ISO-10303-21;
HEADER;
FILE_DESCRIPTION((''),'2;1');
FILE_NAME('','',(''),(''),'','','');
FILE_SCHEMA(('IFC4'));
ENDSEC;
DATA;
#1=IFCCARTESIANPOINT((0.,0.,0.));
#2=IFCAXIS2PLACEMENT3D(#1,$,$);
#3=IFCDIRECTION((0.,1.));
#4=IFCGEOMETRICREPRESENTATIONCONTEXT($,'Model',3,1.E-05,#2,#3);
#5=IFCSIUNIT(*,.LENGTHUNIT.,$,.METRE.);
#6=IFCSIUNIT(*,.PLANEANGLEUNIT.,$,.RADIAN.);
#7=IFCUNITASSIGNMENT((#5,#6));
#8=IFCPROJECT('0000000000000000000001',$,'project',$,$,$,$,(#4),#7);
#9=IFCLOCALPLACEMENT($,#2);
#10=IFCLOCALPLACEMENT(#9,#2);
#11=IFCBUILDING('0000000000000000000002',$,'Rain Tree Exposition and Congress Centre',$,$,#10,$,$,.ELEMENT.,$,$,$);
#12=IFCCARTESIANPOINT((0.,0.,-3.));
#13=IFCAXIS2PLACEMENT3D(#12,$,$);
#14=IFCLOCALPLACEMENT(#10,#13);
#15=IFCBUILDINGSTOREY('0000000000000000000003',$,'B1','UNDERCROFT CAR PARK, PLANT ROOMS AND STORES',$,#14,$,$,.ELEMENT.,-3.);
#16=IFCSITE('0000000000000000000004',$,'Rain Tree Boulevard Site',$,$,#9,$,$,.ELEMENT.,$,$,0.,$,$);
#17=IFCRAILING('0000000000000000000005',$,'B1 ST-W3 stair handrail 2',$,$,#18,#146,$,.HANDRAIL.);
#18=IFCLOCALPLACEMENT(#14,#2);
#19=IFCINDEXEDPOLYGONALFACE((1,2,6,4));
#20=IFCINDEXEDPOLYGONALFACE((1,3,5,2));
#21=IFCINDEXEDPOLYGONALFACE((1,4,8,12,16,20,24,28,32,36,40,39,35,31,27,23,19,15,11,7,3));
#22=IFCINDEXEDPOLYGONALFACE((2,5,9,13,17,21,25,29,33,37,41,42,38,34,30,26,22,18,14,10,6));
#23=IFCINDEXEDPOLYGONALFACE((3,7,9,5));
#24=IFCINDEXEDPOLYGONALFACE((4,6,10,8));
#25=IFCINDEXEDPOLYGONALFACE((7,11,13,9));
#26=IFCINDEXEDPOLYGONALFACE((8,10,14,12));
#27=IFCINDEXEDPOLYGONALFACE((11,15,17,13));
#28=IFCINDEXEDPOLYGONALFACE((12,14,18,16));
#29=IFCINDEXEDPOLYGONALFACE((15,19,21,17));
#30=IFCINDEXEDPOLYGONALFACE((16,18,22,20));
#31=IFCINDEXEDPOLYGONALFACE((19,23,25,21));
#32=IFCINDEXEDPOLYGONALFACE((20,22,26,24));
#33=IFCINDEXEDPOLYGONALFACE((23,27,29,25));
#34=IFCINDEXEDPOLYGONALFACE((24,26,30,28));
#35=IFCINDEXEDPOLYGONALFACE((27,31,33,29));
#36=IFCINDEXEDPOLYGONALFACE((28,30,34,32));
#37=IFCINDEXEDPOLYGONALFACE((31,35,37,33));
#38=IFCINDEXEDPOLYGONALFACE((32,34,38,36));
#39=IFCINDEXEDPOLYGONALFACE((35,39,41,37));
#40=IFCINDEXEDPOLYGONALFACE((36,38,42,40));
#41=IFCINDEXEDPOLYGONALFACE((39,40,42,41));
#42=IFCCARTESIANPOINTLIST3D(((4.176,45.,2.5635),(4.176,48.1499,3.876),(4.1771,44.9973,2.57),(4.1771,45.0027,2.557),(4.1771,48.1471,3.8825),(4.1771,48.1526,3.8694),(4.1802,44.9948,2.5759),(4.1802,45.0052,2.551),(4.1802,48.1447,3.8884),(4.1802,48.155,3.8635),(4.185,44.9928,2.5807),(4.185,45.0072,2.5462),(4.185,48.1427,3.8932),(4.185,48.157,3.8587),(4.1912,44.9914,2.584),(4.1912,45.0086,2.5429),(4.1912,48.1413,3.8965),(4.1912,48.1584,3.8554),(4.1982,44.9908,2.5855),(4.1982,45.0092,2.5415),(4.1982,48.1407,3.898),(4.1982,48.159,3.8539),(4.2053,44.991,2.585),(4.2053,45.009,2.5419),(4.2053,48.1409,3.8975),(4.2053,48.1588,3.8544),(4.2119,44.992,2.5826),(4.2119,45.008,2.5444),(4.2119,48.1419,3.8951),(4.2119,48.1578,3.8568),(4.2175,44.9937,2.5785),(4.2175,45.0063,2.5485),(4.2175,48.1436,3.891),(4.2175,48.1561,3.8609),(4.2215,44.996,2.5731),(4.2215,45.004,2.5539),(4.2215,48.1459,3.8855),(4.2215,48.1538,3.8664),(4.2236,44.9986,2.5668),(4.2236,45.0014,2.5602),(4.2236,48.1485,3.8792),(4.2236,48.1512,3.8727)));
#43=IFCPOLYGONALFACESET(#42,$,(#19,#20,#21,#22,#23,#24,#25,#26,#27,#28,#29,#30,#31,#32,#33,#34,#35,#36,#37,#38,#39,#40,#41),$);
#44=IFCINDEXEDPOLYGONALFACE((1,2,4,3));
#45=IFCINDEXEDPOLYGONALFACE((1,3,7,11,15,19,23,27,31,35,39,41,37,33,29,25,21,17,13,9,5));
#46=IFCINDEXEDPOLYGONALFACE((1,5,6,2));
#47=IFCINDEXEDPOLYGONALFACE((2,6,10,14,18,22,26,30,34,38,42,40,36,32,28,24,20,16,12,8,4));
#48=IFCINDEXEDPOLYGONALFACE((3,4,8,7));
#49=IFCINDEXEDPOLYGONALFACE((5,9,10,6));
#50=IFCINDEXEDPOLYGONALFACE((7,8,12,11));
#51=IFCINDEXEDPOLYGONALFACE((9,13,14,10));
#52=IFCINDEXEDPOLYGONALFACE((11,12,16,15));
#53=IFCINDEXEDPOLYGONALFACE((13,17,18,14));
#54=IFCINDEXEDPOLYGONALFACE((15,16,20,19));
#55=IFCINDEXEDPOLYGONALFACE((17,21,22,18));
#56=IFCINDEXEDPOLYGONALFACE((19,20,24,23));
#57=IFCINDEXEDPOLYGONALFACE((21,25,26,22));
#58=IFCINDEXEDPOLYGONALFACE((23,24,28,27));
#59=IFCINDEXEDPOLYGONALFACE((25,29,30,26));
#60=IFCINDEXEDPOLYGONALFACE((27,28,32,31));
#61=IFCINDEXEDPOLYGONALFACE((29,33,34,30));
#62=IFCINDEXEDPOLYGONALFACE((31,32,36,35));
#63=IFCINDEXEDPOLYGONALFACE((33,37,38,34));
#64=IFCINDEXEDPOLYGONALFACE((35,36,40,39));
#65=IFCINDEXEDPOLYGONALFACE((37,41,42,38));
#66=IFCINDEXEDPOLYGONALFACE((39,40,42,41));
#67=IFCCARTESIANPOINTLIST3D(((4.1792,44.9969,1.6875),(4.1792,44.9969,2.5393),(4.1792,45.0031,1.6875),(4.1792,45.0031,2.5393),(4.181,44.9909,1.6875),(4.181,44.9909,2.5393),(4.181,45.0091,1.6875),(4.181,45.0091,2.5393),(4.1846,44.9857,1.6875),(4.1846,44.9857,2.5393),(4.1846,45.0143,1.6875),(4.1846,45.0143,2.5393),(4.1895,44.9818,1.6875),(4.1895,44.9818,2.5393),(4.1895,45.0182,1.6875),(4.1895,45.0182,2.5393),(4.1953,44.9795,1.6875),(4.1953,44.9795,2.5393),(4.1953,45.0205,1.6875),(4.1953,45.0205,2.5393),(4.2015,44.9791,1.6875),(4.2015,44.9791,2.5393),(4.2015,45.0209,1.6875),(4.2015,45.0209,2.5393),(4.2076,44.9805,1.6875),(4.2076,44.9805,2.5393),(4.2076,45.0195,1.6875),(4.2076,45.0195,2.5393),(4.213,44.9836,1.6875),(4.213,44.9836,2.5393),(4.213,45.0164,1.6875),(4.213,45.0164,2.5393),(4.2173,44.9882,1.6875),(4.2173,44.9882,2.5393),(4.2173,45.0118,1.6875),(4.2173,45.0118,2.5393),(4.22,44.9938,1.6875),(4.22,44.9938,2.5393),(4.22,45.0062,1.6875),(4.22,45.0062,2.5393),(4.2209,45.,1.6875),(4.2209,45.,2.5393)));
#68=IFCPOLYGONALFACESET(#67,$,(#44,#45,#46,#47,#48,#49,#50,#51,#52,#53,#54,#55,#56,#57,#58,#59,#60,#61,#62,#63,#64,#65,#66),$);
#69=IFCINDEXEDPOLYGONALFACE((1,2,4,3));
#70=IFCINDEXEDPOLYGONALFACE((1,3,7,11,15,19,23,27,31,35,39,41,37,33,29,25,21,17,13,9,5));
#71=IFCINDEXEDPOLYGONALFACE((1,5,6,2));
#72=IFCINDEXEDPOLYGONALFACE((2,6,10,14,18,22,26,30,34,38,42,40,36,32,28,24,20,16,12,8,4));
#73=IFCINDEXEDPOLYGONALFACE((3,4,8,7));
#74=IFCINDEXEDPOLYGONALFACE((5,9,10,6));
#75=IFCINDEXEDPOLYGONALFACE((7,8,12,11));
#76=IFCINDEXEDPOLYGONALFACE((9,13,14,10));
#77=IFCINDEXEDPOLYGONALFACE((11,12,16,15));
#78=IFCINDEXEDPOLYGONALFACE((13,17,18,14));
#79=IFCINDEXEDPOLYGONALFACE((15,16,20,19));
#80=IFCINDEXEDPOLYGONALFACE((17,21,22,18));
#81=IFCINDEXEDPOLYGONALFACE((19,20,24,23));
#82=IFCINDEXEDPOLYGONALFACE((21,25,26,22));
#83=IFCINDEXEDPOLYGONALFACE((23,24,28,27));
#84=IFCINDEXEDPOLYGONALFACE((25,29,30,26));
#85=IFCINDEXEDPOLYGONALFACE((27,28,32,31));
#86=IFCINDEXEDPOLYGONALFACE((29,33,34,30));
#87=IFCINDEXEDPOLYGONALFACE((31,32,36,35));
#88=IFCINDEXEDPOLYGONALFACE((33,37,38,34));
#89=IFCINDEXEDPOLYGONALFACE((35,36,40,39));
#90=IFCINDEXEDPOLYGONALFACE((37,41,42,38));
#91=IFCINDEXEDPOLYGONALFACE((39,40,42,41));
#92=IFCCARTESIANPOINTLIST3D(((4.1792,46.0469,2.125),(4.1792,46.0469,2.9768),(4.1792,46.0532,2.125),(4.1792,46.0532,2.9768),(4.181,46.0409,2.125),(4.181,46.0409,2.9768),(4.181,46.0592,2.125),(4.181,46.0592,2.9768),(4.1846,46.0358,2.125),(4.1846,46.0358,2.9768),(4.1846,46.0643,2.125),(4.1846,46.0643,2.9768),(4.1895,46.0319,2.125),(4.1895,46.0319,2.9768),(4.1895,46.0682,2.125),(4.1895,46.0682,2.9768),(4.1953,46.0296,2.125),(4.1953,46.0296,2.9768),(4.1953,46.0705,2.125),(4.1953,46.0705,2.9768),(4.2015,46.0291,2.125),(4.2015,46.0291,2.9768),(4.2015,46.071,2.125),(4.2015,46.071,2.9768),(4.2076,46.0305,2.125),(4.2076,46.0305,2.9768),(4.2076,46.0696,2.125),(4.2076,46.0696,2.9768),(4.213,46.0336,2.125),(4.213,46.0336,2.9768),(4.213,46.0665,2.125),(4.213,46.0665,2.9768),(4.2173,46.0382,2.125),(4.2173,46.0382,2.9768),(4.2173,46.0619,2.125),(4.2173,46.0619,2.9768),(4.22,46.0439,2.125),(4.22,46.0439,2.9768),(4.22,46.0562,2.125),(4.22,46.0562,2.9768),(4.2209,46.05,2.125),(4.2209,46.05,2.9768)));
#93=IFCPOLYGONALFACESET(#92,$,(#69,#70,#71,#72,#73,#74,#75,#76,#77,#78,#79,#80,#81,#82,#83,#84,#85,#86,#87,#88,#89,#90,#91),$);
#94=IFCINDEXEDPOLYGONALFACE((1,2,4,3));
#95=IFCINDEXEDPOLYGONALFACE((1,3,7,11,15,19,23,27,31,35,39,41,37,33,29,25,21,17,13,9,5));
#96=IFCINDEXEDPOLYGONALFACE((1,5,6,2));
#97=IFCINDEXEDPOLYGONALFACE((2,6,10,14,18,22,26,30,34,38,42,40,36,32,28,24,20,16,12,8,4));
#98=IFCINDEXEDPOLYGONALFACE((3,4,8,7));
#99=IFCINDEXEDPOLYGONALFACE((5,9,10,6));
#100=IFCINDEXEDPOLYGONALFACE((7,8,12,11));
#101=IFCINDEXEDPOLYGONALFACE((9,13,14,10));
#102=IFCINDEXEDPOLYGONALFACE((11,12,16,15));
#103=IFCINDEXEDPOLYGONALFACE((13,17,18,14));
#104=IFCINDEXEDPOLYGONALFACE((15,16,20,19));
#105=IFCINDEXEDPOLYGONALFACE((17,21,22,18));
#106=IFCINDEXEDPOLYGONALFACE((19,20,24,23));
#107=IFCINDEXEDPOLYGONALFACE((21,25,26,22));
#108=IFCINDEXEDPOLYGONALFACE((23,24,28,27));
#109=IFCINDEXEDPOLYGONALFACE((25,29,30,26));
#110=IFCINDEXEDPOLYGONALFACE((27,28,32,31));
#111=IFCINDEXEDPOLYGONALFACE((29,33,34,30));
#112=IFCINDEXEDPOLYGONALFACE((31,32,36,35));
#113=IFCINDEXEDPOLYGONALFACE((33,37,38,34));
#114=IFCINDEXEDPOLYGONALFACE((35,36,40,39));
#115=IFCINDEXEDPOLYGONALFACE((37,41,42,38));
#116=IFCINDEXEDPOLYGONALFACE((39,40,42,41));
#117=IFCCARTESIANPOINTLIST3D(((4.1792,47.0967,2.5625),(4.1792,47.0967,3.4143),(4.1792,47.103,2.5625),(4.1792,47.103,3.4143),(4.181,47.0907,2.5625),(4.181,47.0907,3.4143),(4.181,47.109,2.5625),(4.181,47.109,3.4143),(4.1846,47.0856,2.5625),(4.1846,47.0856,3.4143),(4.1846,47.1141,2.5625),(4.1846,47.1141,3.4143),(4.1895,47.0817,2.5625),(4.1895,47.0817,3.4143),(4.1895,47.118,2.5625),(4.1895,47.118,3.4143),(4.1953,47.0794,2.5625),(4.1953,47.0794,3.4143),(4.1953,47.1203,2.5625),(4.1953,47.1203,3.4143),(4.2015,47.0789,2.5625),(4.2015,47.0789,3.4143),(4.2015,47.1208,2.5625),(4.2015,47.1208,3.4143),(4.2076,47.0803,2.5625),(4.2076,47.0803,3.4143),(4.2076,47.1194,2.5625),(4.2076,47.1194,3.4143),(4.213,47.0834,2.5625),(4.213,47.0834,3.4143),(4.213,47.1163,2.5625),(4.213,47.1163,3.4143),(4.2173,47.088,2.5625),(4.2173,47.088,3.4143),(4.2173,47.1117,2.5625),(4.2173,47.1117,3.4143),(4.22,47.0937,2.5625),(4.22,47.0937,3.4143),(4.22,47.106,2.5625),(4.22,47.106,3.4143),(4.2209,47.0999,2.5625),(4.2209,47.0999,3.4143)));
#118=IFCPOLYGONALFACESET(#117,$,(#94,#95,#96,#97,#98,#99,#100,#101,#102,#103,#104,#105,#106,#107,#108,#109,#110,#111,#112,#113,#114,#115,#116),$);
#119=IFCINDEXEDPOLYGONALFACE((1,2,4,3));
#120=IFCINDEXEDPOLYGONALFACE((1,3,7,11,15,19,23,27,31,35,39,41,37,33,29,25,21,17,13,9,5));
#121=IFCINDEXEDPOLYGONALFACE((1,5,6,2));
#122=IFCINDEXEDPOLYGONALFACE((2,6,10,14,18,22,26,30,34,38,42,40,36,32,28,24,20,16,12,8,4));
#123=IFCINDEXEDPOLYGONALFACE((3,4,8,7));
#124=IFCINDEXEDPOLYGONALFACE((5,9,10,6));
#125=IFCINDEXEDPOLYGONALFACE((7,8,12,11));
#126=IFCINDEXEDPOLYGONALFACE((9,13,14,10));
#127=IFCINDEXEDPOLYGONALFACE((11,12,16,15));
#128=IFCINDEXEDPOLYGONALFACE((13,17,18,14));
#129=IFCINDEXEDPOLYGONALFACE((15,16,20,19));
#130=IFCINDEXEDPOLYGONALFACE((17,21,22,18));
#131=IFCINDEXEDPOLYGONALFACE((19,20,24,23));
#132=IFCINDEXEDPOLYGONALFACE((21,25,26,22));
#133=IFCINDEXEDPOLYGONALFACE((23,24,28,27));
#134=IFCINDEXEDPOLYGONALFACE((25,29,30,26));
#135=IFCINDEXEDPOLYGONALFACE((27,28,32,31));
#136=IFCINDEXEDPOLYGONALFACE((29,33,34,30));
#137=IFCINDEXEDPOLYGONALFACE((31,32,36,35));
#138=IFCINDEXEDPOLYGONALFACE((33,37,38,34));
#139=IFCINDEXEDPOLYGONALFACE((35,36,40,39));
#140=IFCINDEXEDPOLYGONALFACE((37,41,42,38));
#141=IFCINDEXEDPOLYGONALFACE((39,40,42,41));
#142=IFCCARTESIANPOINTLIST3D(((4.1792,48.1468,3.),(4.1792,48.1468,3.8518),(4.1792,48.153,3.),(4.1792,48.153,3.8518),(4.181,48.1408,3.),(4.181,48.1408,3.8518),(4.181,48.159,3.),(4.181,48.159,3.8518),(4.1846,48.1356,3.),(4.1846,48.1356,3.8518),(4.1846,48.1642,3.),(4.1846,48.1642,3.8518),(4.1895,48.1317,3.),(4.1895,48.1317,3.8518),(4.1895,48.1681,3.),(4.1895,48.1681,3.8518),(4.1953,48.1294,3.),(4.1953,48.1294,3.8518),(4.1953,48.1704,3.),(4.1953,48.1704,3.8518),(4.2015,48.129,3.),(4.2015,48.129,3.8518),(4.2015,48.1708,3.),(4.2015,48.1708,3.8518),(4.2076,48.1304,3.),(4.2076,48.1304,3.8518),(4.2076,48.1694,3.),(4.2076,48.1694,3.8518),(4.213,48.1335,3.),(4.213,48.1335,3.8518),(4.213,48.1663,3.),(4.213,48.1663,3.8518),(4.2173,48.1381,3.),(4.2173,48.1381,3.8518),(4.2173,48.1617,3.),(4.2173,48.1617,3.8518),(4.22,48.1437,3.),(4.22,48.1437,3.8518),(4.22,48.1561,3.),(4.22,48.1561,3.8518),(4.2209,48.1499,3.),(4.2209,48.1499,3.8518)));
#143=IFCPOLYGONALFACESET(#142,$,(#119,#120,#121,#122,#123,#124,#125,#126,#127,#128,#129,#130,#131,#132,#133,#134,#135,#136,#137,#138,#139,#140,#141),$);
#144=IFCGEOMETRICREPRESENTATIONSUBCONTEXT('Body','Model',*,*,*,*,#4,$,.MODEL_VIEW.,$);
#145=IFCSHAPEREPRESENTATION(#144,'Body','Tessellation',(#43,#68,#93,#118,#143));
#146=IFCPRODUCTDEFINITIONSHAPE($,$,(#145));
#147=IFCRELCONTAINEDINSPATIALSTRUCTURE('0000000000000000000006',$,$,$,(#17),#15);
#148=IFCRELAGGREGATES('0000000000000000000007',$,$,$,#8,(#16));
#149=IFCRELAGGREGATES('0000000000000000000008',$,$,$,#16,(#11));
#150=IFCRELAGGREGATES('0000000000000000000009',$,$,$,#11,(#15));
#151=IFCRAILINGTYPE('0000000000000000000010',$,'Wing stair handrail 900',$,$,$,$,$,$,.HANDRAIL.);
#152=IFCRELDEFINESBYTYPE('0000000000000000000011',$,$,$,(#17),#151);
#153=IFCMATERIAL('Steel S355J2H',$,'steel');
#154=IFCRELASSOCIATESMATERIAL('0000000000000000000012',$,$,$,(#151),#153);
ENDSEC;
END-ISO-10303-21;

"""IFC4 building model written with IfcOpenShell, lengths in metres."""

from ifc_helpers import new_model, si_unit, direction, frame, origin, origin_2d, place, context, subcontext, project, spatial, circle, extrude, material, type_object, element, save


model = new_model("IFC4")

# Units and contexts
model_context = context("Model", 3, precision=1e-05, world=origin(), true_north=direction((0.0, 1.0)))
body_context = subcontext(model_context, "Body", "Model", "MODEL_VIEW")
ifc_project = project(units=[si_unit("LENGTHUNIT", "METRE"), si_unit("PLANEANGLEUNIT", "RADIAN")], contexts=[model_context])

# Site, building, storey
site_placement = place(None, origin())
site = spatial("IfcSite", under=ifc_project, at=site_placement, Name="Rain Tree Boulevard Site", CompositionType="ELEMENT", RefElevation=0.0)
building_placement = place(site_placement, origin())
building = spatial("IfcBuilding", under=site, at=building_placement, Name="Rain Tree Exposition and Congress Centre", CompositionType="ELEMENT")
storey_placement = place(building_placement, frame((0.0, 0.0, -3.0)))
storey = spatial("IfcBuildingStorey", under=building, at=storey_placement, Name="B1", Description="UNDERCROFT CAR PARK, PLANT ROOMS AND STORES", CompositionType="ELEMENT", Elevation=-3.0)

# Railing
ifc_material_1 = material(Name="Steel S355J2H", Category="steel")
railing_type_1 = type_object("IfcRailingType", Name="Wing stair handrail 900", PredefinedType="HANDRAIL", material=ifc_material_1)
railing_1_placement = place(storey_placement, frame((4.2, 45.0, 1.6875)))
element("IfcRailing", 1, at=railing_1_placement, inside=storey, type_object=railing_type_1, Name="B1 ST-W3 stair handrail 2", PredefinedType="HANDRAIL", context=body_context, shape_type="SweptSolid", body=[
    extrude(circle(Radius=0.0239, at=origin_2d()), frame((0.0, 0.0, 0.876), z_axis=(0.0, 0.923073, 0.384626), x_axis=(-1.0, 0.0, 0.0)), (0.0, 0.0, 1.0), 3.4124),
    extrude(circle(Radius=0.021, at=origin_2d()), origin(), (0.0, 0.0, 1.0), 0.8518),
    extrude(circle(Radius=0.021, at=origin_2d()), frame((0.0, 1.05, 0.4375)), (0.0, 0.0, 1.0), 0.8518),
    extrude(circle(Radius=0.021, at=origin_2d()), frame((0.0, 2.0999, 0.875)), (0.0, 0.0, 1.0), 0.8518),
    extrude(circle(Radius=0.021, at=origin_2d()), frame((0.0, 3.1499, 1.3125)), (0.0, 0.0, 1.0), 0.8518),
])

save(model, "model.ifc")
